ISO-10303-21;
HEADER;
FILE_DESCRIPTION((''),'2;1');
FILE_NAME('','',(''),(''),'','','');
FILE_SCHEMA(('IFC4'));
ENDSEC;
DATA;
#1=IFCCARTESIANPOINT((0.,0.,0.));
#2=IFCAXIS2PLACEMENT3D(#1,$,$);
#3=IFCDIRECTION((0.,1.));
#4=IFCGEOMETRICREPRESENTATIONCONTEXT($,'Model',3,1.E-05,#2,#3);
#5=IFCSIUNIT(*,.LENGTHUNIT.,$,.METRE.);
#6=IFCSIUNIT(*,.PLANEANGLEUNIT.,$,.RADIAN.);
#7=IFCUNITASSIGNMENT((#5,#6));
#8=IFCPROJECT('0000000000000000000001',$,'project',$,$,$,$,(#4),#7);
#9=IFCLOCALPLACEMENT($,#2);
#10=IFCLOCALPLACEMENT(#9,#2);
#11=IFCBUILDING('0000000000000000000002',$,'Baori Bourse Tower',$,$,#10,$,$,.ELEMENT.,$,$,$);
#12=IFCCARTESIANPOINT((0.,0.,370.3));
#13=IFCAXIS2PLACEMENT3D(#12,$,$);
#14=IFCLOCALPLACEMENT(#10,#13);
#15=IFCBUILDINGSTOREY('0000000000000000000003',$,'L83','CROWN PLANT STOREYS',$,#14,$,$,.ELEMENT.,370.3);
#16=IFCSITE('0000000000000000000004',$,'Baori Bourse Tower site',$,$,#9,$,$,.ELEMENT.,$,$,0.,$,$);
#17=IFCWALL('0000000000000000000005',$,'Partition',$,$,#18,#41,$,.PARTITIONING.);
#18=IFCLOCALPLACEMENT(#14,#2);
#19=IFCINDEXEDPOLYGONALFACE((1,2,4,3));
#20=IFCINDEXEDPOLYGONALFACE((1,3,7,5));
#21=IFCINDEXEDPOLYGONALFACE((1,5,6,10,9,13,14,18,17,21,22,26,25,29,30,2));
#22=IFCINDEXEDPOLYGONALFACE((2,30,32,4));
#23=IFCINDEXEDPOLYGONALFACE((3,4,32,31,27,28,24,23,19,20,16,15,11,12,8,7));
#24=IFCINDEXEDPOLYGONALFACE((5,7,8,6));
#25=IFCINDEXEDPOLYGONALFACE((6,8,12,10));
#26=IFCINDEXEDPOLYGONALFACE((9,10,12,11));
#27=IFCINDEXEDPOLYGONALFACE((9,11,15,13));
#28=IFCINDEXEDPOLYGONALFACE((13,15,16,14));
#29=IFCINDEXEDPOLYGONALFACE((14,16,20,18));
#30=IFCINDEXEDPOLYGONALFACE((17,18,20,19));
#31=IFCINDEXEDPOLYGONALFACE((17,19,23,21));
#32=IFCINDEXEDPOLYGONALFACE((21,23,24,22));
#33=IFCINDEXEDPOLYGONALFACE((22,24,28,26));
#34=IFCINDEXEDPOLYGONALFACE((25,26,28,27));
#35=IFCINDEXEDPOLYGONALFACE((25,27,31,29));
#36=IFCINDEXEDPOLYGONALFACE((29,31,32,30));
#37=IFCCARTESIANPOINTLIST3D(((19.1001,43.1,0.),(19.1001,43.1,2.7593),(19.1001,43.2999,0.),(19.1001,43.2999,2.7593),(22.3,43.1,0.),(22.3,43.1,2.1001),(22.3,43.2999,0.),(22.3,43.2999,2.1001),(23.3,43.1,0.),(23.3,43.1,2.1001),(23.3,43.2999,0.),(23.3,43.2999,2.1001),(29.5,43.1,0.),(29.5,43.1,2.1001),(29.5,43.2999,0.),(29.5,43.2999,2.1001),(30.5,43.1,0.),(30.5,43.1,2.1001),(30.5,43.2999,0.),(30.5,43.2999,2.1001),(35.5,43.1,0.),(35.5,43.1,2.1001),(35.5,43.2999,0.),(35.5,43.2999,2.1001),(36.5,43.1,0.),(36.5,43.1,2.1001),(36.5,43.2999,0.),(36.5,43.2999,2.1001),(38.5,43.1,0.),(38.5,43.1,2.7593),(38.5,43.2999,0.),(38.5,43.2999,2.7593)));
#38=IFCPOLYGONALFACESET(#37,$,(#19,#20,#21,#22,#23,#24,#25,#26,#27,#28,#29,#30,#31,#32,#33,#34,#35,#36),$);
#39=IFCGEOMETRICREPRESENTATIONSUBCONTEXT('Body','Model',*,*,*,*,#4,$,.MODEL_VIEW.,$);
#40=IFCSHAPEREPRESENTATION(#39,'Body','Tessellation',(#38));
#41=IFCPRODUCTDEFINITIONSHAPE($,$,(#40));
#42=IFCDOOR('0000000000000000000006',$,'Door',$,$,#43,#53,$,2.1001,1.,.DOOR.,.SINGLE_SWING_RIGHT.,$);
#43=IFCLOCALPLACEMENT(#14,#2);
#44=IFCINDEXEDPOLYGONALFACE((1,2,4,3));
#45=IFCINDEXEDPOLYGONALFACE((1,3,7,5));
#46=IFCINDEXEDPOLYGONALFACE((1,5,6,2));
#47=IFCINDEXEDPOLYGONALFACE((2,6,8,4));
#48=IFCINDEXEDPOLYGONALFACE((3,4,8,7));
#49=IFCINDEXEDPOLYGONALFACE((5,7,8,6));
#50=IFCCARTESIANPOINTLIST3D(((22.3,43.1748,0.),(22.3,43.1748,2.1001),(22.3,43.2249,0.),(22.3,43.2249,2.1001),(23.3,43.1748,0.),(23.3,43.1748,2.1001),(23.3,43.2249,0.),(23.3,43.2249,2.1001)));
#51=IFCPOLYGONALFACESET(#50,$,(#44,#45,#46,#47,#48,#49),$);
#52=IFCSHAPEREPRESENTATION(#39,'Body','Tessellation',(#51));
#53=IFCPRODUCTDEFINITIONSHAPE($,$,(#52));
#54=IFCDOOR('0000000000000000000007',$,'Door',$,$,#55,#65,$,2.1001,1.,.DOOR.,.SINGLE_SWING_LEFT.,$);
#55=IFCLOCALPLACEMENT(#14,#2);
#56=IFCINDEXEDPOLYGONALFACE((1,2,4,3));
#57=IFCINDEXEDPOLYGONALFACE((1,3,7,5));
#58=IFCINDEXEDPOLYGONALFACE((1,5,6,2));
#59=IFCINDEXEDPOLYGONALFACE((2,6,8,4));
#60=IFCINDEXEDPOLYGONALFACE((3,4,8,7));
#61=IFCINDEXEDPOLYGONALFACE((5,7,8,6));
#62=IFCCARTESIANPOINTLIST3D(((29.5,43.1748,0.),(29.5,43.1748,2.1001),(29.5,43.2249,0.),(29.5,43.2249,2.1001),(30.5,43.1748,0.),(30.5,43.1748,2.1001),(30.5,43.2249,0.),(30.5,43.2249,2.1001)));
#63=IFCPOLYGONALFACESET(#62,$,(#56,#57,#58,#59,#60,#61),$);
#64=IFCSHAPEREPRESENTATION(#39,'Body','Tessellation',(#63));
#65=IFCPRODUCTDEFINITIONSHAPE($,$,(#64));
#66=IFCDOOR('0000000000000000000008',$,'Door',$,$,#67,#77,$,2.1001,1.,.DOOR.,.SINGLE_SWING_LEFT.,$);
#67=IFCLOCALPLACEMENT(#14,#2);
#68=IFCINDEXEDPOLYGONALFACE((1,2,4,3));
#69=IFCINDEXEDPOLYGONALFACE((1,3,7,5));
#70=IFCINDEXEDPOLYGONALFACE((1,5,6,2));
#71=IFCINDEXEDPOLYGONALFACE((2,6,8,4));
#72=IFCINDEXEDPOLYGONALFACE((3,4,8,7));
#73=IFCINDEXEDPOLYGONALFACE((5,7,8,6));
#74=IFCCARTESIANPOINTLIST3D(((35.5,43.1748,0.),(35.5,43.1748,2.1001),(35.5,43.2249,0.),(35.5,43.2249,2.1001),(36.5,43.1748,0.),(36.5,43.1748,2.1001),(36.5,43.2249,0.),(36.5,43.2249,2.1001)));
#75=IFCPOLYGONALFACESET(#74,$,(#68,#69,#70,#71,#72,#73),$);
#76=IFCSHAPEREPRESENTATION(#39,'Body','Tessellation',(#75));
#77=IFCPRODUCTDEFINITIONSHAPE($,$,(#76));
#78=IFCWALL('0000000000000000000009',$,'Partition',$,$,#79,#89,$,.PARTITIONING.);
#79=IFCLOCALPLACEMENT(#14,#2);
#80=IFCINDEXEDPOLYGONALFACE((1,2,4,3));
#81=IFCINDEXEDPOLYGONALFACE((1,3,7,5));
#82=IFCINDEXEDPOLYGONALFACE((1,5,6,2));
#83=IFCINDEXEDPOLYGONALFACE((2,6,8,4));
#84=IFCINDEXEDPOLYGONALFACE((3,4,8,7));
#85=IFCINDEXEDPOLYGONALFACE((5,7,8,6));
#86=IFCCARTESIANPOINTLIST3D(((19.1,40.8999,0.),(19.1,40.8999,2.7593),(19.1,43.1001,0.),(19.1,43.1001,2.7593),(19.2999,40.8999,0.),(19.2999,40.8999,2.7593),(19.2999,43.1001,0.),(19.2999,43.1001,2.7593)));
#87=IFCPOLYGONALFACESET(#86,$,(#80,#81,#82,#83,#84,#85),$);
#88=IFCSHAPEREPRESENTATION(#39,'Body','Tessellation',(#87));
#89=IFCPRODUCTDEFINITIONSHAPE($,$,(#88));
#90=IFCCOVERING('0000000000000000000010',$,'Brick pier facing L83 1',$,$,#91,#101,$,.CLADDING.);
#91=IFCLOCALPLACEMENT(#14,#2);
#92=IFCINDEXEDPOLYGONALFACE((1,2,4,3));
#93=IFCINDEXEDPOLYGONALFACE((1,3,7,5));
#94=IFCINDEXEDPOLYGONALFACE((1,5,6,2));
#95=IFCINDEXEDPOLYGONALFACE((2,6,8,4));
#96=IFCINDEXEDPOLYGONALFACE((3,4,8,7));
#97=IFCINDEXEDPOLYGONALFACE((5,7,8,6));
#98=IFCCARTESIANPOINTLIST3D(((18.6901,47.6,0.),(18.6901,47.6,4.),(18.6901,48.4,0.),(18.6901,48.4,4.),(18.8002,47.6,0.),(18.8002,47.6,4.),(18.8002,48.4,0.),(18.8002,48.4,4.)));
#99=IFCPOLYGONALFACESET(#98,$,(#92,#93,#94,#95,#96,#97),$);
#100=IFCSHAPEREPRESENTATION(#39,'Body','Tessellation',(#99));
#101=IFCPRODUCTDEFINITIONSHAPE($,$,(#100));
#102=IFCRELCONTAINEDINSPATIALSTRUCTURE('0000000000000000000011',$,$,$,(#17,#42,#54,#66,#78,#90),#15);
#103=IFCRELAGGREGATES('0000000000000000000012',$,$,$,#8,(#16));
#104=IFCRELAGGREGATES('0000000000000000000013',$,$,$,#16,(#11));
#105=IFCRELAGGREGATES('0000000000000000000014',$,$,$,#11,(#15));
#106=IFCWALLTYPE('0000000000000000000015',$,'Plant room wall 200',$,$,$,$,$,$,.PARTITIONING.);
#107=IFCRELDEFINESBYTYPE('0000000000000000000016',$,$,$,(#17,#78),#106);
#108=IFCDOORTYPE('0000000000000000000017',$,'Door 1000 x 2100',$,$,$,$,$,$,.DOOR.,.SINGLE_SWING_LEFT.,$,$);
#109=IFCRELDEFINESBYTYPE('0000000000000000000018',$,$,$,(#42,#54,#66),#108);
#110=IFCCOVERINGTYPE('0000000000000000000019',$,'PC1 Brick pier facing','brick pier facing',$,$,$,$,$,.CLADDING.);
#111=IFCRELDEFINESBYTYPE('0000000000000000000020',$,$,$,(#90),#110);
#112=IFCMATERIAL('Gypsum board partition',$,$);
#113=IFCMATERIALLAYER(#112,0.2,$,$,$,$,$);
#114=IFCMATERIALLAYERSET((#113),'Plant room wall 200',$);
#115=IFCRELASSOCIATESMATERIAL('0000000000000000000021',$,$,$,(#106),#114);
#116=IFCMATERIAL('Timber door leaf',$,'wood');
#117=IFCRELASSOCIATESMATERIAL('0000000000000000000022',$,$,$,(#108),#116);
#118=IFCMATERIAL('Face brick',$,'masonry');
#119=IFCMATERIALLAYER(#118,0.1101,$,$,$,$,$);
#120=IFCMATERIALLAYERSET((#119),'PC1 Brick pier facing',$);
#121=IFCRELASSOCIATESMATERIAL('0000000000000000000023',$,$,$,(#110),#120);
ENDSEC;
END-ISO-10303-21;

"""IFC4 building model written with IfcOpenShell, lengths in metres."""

from ifc_helpers import new_model, si_unit, direction, frame, frame_2d, origin, origin_2d, place, context, subcontext, project, spatial, rectangle, extrude, material, layer, layer_set, type_object, element, fill, save


model = new_model("IFC4")

# Units and contexts
model_context = context("Model", 3, precision=1e-05, world=origin(), true_north=direction((0.0, 1.0)))
body_context = subcontext(model_context, "Body", "Model", "MODEL_VIEW")
ifc_project = project(units=[si_unit("LENGTHUNIT", "METRE"), si_unit("PLANEANGLEUNIT", "RADIAN")], contexts=[model_context])

# Site, building, storey
site_placement = place(None, origin())
site = spatial("IfcSite", under=ifc_project, at=site_placement, Name="Baori Bourse Tower site", CompositionType="ELEMENT", RefElevation=0.0)
building_placement = place(site_placement, origin())
building = spatial("IfcBuilding", under=site, at=building_placement, Name="Baori Bourse Tower", CompositionType="ELEMENT")
storey_placement = place(building_placement, frame((0.0, 0.0, 370.3)))
storey = spatial("IfcBuildingStorey", under=building, at=storey_placement, Name="L83", Description="CROWN PLANT STOREYS", CompositionType="ELEMENT", Elevation=370.3)

# Shared definitions
ifc_material_1 = material(Name="Gypsum board partition")
ifc_layer_1 = layer(ifc_material_1, 0.2)
ifc_layer_set_1 = layer_set([ifc_layer_1], Name="Plant room wall 200")
wall_type_1 = type_object("IfcWallType", Name="Plant room wall 200", PredefinedType="PARTITIONING", material=ifc_layer_set_1)
ifc_material_2 = material(Name="Timber door leaf", Category="wood")
door_type_1 = type_object("IfcDoorType", Name="Door 1000 x 2100", OperationType="SINGLE_SWING_LEFT", PredefinedType="DOOR", material=ifc_material_2)

# Wall, openings, doors
wall_1_placement = place(storey_placement, frame((19.1001, 43.2, 0.0), z_axis=(0.0, 0.0, 1.0), x_axis=(1.0, 0.0, 0.0)))
wall_1 = element("IfcWall", 1, at=wall_1_placement, inside=storey, type_object=wall_type_1, Name="Partition", PredefinedType="PARTITIONING", context=body_context, shape_type="SweptSolid", body=[
    extrude(rectangle(XDim=19.3999, YDim=0.2, at=frame_2d((9.7, 0.0))), origin(), (0.0, 0.0, 1.0), 2.7593),
])
opening_1_placement = place(wall_1_placement, frame((3.2, 0.0, 0.0)))
opening_1 = element("IfcOpeningElement", 2, at=opening_1_placement, cuts=wall_1, PredefinedType="OPENING", context=body_context, shape_type="SweptSolid", body=[
    extrude(rectangle(XDim=1.0, YDim=2.1001, at=frame_2d((0.5, 1.05))), frame((0.0, 0.1099, 0.0), z_axis=(0.0, -1.0, 0.0), x_axis=(1.0, 0.0, 0.0)), (0.0, 0.0, 1.0), 0.22),
])
opening_2_placement = place(wall_1_placement, frame((10.3999, 0.0, 0.0)))
opening_2 = element("IfcOpeningElement", 3, at=opening_2_placement, cuts=wall_1, PredefinedType="OPENING", context=body_context, shape_type="SweptSolid", body=[
    extrude(rectangle(XDim=1.0, YDim=2.1001, at=frame_2d((0.5, 1.05))), frame((0.0, 0.1099, 0.0), z_axis=(0.0, -1.0, 0.0), x_axis=(1.0, 0.0, 0.0)), (0.0, 0.0, 1.0), 0.22),
])
opening_3_placement = place(wall_1_placement, frame((16.3999, 0.0, 0.0)))
opening_3 = element("IfcOpeningElement", 4, at=opening_3_placement, cuts=wall_1, PredefinedType="OPENING", context=body_context, shape_type="SweptSolid", body=[
    extrude(rectangle(XDim=1.0, YDim=2.1001, at=frame_2d((0.5, 1.05))), frame((0.0, 0.1099, 0.0), z_axis=(0.0, -1.0, 0.0), x_axis=(1.0, 0.0, 0.0)), (0.0, 0.0, 1.0), 0.22),
])
door_1_placement = place(opening_1_placement, origin())
door_1 = element("IfcDoor", 5, at=door_1_placement, inside=storey, type_object=door_type_1, Name="Door", OperationType="SINGLE_SWING_RIGHT", OverallHeight=2.1001, OverallWidth=1.0, PredefinedType="DOOR", context=body_context, shape_type="SweptSolid", body=[
    extrude(rectangle(XDim=1.0, YDim=2.1001, at=frame_2d((0.5, 1.05))), frame((0.0, 0.0249, 0.0), z_axis=(0.0, -1.0, 0.0), x_axis=(1.0, 0.0, 0.0)), (0.0, 0.0, 1.0), 0.05),
])
fill(opening_1, door_1)
door_2_placement = place(opening_2_placement, origin())
door_2 = element("IfcDoor", 6, at=door_2_placement, inside=storey, type_object=door_type_1, Name="Door", OperationType="SINGLE_SWING_LEFT", OverallHeight=2.1001, OverallWidth=1.0, PredefinedType="DOOR", context=body_context, shape_type="SweptSolid", body=[
    extrude(rectangle(XDim=1.0, YDim=2.1001, at=frame_2d((0.5, 1.05))), frame((0.0, 0.0249, 0.0), z_axis=(0.0, -1.0, 0.0), x_axis=(1.0, 0.0, 0.0)), (0.0, 0.0, 1.0), 0.05),
])
fill(opening_2, door_2)
door_3_placement = place(opening_3_placement, origin())
door_3 = element("IfcDoor", 7, at=door_3_placement, inside=storey, type_object=door_type_1, Name="Door", OperationType="SINGLE_SWING_LEFT", OverallHeight=2.1001, OverallWidth=1.0, PredefinedType="DOOR", context=body_context, shape_type="SweptSolid", body=[
    extrude(rectangle(XDim=1.0, YDim=2.1001, at=frame_2d((0.5, 1.05))), frame((0.0, 0.0249, 0.0), z_axis=(0.0, -1.0, 0.0), x_axis=(1.0, 0.0, 0.0)), (0.0, 0.0, 1.0), 0.05),
])
fill(opening_3, door_3)

# Wall
wall_2_placement = place(storey_placement, frame((19.2, 40.8999, 0.0), z_axis=(0.0, 0.0, 1.0), x_axis=(0.0, 1.0, 0.0)))
element("IfcWall", 8, at=wall_2_placement, inside=storey, type_object=wall_type_1, Name="Partition", PredefinedType="PARTITIONING", context=body_context, shape_type="SweptSolid", body=[
    extrude(rectangle(XDim=2.2002, YDim=0.2, at=frame_2d((1.1001, 0.0))), origin(), (0.0, 0.0, 1.0), 2.7593),
])

# Covering
ifc_material_3 = material(Name="Face brick", Category="masonry")
ifc_layer_2 = layer(ifc_material_3, 0.1101)
ifc_layer_set_2 = layer_set([ifc_layer_2], Name="PC1 Brick pier facing")
covering_type = type_object("IfcCoveringType", Name="PC1 Brick pier facing", Description="brick pier facing", PredefinedType="CLADDING", material=ifc_layer_set_2)
covering_placement = place(storey_placement, frame((18.7451, 48.0, 0.0), z_axis=(0.0, 0.0, 1.0), x_axis=(1.0, 0.0, 0.0)))
element("IfcCovering", 9, at=covering_placement, inside=storey, type_object=covering_type, Name="Brick pier facing L83 1", PredefinedType="CLADDING", context=body_context, shape_type="SweptSolid", body=[
    extrude(rectangle(XDim=0.1101, YDim=0.8, at=origin_2d()), origin(), (0.0, 0.0, 1.0), 4.0),
])

save(model, "model.ifc")
